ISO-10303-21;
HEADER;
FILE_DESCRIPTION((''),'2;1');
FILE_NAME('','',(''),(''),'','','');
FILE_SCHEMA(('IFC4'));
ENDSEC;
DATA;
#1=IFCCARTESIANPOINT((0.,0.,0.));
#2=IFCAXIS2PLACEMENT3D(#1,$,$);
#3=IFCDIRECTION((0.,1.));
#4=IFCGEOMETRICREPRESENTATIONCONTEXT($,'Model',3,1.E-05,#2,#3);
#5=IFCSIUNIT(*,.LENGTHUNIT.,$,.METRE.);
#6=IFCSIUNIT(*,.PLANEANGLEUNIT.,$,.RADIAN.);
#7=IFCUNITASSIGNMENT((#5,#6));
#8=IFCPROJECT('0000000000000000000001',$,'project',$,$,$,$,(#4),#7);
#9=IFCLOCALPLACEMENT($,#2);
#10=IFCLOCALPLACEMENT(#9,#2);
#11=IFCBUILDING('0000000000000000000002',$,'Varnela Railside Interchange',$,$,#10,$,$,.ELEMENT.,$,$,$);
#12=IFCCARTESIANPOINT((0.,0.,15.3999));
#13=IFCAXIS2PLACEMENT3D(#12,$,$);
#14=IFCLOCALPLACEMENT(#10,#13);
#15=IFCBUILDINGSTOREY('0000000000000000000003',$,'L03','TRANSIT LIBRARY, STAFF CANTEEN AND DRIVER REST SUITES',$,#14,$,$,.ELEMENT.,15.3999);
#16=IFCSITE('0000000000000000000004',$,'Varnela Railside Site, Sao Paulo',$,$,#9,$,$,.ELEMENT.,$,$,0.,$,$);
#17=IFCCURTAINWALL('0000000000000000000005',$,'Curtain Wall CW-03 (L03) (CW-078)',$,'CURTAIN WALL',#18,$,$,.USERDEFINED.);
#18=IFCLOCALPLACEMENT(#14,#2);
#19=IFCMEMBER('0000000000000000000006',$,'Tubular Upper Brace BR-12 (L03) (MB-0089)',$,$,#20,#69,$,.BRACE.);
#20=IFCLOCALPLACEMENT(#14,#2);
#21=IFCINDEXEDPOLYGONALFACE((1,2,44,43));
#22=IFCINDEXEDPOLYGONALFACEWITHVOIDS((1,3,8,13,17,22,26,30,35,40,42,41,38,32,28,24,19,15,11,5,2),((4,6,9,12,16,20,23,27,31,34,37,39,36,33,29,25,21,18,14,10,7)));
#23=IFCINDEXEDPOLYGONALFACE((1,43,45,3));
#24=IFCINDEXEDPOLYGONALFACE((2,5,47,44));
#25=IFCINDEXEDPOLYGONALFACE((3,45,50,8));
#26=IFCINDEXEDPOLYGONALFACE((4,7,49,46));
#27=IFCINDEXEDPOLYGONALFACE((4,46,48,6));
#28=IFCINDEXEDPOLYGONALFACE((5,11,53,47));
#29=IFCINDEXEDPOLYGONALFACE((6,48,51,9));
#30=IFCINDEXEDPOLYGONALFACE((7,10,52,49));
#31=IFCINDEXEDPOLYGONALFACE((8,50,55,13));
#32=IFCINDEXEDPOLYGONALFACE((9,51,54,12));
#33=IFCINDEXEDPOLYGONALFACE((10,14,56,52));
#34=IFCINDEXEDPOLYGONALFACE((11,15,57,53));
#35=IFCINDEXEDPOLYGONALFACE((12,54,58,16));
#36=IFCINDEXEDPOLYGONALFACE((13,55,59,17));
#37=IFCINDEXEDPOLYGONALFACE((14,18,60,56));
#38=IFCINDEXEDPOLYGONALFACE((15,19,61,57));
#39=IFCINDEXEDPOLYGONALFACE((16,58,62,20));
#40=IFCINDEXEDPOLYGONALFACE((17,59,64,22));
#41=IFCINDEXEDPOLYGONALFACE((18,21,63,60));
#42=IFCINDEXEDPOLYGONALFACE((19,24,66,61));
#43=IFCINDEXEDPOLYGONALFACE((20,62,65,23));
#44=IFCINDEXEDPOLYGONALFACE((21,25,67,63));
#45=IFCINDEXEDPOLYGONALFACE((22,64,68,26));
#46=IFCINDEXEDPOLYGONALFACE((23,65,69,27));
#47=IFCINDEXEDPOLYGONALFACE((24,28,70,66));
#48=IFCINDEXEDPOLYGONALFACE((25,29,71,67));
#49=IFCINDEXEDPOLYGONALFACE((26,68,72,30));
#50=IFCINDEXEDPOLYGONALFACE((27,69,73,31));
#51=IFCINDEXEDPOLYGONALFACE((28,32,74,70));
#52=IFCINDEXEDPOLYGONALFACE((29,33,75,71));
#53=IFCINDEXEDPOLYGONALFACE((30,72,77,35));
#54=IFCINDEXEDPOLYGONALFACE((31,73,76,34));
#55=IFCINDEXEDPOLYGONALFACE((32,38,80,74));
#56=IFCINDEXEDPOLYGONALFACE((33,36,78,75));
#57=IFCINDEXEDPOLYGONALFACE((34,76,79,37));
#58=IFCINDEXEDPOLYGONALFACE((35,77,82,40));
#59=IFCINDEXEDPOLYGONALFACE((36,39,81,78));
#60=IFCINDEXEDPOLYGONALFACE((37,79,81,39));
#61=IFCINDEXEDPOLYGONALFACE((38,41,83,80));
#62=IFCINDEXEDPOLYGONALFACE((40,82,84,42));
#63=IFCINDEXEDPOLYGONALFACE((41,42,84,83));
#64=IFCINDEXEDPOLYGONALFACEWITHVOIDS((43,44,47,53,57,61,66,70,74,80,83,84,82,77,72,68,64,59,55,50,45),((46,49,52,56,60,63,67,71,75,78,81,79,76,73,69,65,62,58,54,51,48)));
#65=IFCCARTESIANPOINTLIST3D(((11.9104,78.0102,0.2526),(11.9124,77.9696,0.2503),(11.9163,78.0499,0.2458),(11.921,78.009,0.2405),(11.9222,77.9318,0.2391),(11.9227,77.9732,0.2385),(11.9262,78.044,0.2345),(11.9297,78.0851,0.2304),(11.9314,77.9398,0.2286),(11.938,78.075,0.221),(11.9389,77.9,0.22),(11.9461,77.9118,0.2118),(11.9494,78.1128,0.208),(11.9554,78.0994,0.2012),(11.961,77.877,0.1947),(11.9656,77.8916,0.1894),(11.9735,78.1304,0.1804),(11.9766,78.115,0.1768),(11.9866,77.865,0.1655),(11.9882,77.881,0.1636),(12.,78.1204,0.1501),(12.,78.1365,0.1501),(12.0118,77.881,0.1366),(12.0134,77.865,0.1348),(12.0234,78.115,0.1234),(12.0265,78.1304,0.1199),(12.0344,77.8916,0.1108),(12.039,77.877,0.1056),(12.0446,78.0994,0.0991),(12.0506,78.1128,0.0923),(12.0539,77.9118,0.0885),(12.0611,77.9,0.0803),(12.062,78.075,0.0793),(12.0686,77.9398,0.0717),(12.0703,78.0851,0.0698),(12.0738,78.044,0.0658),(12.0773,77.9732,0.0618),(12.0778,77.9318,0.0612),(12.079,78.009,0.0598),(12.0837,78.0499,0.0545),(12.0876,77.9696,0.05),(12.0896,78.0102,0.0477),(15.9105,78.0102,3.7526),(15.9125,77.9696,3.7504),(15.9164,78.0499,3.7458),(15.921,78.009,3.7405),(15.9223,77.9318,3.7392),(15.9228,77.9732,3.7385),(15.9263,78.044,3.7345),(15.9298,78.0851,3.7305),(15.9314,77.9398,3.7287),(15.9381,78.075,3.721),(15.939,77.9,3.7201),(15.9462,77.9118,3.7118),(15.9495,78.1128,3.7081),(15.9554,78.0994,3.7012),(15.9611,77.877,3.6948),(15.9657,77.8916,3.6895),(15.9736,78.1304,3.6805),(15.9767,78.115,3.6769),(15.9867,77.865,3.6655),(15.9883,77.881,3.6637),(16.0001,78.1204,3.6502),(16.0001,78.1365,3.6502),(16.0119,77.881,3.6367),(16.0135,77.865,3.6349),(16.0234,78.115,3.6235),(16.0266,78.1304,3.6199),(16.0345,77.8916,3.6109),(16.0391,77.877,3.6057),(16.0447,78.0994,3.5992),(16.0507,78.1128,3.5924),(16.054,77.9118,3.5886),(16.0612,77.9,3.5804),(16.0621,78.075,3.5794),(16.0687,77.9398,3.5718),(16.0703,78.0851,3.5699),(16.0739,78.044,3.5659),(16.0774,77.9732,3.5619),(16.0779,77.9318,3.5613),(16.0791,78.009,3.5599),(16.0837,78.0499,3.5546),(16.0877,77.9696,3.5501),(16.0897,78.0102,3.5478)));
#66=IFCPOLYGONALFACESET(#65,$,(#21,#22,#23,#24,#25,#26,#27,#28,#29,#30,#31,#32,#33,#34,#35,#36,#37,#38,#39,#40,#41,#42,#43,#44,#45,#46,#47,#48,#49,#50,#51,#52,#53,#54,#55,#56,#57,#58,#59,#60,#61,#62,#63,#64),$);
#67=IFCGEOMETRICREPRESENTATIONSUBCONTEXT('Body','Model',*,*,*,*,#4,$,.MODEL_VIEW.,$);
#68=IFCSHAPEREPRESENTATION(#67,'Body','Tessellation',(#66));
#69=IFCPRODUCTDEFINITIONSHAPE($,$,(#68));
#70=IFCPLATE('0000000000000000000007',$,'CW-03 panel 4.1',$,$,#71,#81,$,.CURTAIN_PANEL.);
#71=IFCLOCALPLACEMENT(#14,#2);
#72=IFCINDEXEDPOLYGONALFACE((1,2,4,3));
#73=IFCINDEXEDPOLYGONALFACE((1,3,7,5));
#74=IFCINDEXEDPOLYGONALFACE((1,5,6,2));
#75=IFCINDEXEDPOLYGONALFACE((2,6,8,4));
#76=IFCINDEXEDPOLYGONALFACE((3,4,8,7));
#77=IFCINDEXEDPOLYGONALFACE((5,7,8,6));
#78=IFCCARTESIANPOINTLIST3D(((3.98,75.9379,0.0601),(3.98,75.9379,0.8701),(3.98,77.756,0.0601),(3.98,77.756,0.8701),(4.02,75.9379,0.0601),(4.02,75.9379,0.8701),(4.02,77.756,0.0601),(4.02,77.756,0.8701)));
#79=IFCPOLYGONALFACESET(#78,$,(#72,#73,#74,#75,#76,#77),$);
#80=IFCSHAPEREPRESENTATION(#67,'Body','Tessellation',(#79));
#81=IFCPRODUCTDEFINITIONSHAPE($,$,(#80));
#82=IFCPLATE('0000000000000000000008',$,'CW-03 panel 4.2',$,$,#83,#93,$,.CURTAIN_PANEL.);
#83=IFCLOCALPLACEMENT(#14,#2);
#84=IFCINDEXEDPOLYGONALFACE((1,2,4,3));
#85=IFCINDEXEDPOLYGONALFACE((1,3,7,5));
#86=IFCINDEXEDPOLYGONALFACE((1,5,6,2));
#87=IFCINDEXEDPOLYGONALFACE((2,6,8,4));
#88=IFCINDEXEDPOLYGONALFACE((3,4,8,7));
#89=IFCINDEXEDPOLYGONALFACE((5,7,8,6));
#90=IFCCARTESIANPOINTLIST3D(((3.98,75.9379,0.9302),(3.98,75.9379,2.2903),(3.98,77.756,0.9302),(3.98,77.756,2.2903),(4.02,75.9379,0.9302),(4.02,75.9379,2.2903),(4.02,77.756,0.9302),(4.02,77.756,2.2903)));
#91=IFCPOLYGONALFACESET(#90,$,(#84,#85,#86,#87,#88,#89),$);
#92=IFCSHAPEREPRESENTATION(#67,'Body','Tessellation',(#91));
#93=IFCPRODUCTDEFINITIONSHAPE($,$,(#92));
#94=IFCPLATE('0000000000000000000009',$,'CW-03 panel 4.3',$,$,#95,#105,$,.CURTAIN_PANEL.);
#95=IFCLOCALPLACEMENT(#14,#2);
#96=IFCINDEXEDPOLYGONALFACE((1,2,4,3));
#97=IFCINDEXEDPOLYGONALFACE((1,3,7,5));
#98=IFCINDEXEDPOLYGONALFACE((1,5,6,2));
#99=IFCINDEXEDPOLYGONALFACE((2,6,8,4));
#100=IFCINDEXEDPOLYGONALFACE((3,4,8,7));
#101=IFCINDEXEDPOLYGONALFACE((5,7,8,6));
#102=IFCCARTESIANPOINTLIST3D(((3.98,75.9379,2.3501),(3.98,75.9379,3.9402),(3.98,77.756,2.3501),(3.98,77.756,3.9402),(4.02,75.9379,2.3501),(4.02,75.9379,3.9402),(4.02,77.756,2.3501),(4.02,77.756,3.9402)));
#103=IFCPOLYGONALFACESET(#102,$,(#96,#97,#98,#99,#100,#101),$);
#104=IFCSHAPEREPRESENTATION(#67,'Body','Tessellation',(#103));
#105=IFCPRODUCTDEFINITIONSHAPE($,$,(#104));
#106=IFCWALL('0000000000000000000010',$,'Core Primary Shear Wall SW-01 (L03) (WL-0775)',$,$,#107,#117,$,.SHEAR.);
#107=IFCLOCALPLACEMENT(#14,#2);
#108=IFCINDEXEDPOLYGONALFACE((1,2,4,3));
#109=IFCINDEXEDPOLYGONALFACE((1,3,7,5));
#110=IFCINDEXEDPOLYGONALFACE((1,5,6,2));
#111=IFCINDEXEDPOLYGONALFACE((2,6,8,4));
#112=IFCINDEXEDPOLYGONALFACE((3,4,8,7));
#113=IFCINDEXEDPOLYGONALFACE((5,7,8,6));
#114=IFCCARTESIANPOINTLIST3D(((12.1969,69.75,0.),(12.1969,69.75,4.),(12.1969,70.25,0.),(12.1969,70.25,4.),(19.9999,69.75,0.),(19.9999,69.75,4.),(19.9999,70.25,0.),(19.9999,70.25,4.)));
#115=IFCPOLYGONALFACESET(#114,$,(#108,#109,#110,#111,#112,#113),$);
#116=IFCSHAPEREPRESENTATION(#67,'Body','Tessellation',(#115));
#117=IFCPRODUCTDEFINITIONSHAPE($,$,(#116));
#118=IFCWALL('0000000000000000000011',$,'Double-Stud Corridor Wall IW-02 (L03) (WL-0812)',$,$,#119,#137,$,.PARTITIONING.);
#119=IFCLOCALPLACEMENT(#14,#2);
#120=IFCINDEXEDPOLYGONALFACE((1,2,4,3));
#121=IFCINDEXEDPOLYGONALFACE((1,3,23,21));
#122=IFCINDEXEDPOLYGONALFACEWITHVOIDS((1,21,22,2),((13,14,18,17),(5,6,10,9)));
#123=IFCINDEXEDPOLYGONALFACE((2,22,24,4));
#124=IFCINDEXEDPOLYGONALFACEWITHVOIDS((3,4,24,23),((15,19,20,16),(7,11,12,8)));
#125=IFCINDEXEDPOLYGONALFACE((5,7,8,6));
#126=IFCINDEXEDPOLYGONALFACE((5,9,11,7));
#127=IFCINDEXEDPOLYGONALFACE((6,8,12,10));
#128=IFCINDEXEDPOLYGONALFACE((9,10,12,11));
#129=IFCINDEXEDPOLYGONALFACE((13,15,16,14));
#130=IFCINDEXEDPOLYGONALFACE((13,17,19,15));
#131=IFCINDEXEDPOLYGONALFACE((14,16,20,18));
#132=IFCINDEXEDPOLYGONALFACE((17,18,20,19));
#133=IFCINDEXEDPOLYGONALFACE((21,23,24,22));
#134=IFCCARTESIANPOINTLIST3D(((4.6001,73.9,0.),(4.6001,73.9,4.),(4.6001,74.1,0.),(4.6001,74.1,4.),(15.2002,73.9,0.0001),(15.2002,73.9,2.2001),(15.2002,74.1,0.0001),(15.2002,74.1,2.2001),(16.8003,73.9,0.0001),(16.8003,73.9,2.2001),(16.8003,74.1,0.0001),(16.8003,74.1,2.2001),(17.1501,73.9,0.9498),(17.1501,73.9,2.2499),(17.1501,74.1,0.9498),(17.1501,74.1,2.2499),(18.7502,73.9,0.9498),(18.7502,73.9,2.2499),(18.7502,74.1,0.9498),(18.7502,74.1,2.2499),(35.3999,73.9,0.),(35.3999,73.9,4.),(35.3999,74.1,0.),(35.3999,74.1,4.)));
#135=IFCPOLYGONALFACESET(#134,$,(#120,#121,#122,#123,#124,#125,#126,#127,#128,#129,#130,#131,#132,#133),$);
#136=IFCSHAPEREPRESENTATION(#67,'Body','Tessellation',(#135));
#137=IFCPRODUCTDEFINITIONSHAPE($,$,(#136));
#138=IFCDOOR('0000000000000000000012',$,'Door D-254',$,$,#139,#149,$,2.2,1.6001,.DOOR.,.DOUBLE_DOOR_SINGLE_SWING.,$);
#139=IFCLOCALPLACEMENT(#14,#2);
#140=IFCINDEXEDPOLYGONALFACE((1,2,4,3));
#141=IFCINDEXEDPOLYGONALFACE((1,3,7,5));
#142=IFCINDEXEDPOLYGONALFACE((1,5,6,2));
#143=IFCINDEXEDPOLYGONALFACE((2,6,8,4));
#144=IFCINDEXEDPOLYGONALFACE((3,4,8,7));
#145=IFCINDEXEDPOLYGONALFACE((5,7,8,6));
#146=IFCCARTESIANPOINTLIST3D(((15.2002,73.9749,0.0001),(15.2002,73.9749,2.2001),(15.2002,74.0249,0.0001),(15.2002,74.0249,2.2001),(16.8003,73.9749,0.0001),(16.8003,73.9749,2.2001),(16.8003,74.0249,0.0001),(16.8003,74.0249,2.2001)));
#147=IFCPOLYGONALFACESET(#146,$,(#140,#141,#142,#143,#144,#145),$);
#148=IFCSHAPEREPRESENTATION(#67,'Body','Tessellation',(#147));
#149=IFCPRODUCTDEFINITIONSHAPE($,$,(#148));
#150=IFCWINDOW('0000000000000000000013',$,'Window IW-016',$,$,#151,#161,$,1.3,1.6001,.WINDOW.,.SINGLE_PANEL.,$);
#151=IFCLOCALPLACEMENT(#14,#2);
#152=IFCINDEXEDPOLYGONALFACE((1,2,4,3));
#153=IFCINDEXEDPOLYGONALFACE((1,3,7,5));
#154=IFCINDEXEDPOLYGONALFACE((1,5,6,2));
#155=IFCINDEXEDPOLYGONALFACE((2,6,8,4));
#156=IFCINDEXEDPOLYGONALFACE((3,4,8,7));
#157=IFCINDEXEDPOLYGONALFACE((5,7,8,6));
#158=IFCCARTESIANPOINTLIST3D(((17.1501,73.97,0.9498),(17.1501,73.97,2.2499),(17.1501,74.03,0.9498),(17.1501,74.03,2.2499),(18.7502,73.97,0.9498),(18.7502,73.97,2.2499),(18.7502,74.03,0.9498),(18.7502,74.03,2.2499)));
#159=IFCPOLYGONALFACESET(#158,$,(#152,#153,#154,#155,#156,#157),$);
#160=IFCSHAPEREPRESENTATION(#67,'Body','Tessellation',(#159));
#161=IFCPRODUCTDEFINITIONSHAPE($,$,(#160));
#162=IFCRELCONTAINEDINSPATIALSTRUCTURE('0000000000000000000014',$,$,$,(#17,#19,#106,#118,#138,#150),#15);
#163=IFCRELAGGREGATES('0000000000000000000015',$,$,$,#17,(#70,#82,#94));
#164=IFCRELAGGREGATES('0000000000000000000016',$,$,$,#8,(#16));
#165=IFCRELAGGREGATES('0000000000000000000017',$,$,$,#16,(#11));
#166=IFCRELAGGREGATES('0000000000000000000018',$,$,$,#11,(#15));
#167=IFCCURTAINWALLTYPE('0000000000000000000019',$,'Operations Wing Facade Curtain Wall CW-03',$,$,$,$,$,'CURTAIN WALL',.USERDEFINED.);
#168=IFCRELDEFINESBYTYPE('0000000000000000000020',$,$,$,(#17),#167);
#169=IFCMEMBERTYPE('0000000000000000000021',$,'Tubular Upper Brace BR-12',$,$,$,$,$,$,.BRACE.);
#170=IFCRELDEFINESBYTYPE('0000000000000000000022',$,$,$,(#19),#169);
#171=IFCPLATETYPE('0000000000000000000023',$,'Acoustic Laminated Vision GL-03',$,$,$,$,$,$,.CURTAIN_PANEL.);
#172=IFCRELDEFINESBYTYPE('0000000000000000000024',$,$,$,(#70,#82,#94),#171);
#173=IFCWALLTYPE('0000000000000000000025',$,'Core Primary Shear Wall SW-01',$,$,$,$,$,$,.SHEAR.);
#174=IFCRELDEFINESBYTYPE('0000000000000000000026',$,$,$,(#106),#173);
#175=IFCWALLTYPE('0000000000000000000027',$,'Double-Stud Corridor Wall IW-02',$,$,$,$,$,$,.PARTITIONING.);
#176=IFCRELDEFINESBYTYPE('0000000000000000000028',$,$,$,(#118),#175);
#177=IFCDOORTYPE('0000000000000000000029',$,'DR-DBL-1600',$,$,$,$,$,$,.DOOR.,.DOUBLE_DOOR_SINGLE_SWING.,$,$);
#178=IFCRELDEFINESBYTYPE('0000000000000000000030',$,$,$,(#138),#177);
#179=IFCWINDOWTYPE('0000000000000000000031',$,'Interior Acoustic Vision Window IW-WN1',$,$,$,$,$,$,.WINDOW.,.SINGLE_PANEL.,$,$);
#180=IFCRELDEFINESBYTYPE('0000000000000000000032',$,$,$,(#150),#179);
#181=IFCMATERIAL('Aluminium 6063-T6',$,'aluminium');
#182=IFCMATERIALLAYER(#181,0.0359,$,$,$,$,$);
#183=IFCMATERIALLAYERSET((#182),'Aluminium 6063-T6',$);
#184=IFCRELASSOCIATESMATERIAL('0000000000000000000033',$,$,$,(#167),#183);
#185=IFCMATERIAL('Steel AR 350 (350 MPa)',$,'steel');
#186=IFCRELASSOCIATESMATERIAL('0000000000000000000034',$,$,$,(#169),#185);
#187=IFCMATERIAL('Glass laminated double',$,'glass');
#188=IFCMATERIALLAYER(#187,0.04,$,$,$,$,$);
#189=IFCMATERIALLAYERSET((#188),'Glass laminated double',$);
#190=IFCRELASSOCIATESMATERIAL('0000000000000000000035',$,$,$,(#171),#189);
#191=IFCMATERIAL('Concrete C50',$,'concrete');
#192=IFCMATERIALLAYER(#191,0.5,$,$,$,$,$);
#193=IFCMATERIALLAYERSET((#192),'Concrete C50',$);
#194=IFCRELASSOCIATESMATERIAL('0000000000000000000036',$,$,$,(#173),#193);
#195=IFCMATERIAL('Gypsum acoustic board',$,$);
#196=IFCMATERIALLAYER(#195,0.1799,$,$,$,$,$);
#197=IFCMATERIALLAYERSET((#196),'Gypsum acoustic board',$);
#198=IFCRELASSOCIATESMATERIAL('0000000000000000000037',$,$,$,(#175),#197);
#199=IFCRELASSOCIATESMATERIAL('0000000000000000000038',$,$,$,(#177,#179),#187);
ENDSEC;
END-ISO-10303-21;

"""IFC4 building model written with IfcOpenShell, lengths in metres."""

from ifc_helpers import new_model, si_unit, direction, frame, frame_2d, origin, origin_2d, place, context, subcontext, project, spatial, rectangle, hollow_circle, extrude, material, layer, layer_set, material_profile, profile_set, type_object, element, fill, aggregate, save


model = new_model("IFC4")

# Units and contexts
model_context = context("Model", 3, precision=1e-05, world=origin(), true_north=direction((0.0, 1.0)))
body_context = subcontext(model_context, "Body", "Model", "MODEL_VIEW")
ifc_project = project(units=[si_unit("LENGTHUNIT", "METRE"), si_unit("PLANEANGLEUNIT", "RADIAN")], contexts=[model_context])

# Site, building, storey
site_placement = place(None, origin())
site = spatial("IfcSite", under=ifc_project, at=site_placement, Name="Varnela Railside Site, Sao Paulo", CompositionType="ELEMENT", RefElevation=0.0)
building_placement = place(site_placement, origin())
building = spatial("IfcBuilding", under=site, at=building_placement, Name="Varnela Railside Interchange", CompositionType="ELEMENT")
storey_placement = place(building_placement, frame((0.0, 0.0, 15.3999)))
storey = spatial("IfcBuildingStorey", under=building, at=storey_placement, Name="L03", Description="TRANSIT LIBRARY, STAFF CANTEEN AND DRIVER REST SUITES", CompositionType="ELEMENT", Elevation=15.3999)

# Shared definitions
ifc_material_1 = material(Name="Steel AR 350 (350 MPa)", Category="steel")

# Curtain wall
ifc_material_2 = material(Name="Aluminium 6063-T6", Category="aluminium")
ifc_layer_1 = layer(ifc_material_2, 0.0359)
ifc_layer_set_1 = layer_set([ifc_layer_1], Name="Aluminium 6063-T6")
curtain_wall_type = type_object("IfcCurtainWallType", Name="Operations Wing Facade Curtain Wall CW-03", ElementType="CURTAIN WALL", PredefinedType="USERDEFINED", material=ifc_layer_set_1)
curtain_wall_placement = place(storey_placement, origin())
curtain_wall = element("IfcCurtainWall", 1, at=curtain_wall_placement, inside=storey, type_object=curtain_wall_type, Name="Curtain Wall CW-03 (L03) (CW-078)", ObjectType="CURTAIN WALL", PredefinedType="USERDEFINED")

# Member
ifc_material_profile_1 = material_profile(ifc_material_1, hollow_circle(Radius=0.1365, WallThickness=0.0161, at=origin_2d()), Name="CHS 273x16")
ifc_profile_set_1 = profile_set([ifc_material_profile_1], Name="Steel AR 350 (350 MPa)")
member_type_1 = type_object("IfcMemberType", Name="Tubular Upper Brace BR-12", PredefinedType="BRACE", material=ifc_profile_set_1)
member_1_placement = place(storey_placement, frame((12.0, 78.0, 0.1501), z_axis=(0.752577, 0.0, 0.658505), x_axis=(0.0, 1.0, 0.0)))
element("IfcMember", 2, at=member_1_placement, inside=storey, type_object=member_type_1, Name="Tubular Upper Brace BR-12 (L03) (MB-0089)", PredefinedType="BRACE", context=body_context, shape_type="SweptSolid", body=[
    extrude(hollow_circle(Radius=0.1365, WallThickness=0.0161, at=origin_2d()), origin(), (0.0, 0.0, 1.0), 5.3152),
])

# Plates
ifc_material_3 = material(Name="Glass laminated double", Category="glass")
ifc_layer_2 = layer(ifc_material_3, 0.04)
ifc_layer_set_2 = layer_set([ifc_layer_2], Name="Glass laminated double")
plate_type = type_object("IfcPlateType", Name="Acoustic Laminated Vision GL-03", PredefinedType="CURTAIN_PANEL", material=ifc_layer_set_2)
plate_1_placement = place(storey_placement, frame((4.0, 76.8469, 0.0601), z_axis=(0.0, 0.0, 1.0), x_axis=(0.0, 1.0, 0.0)))
plate_1 = element("IfcPlate", 3, at=plate_1_placement, type_object=plate_type, Name="CW-03 panel 4.1", PredefinedType="CURTAIN_PANEL", context=body_context, shape_type="SweptSolid", body=[
    extrude(rectangle(XDim=1.8181, YDim=0.04, at=origin_2d()), origin(), (0.0, 0.0, 1.0), 0.8101),
])
plate_2_placement = place(storey_placement, frame((4.0, 76.8469, 0.9302), z_axis=(0.0, 0.0, 1.0), x_axis=(0.0, 1.0, 0.0)))
plate_2 = element("IfcPlate", 4, at=plate_2_placement, type_object=plate_type, Name="CW-03 panel 4.2", PredefinedType="CURTAIN_PANEL", context=body_context, shape_type="SweptSolid", body=[
    extrude(rectangle(XDim=1.8181, YDim=0.04, at=origin_2d()), origin(), (0.0, 0.0, 1.0), 1.3601),
])
plate_3_placement = place(storey_placement, frame((4.0, 76.8469, 2.3501), z_axis=(0.0, 0.0, 1.0), x_axis=(0.0, 1.0, 0.0)))
plate_3 = element("IfcPlate", 5, at=plate_3_placement, type_object=plate_type, Name="CW-03 panel 4.3", PredefinedType="CURTAIN_PANEL", context=body_context, shape_type="SweptSolid", body=[
    extrude(rectangle(XDim=1.8181, YDim=0.04, at=origin_2d()), origin(), (0.0, 0.0, 1.0), 1.5901),
])
aggregate(curtain_wall, [plate_1, plate_2, plate_3])

# Wall
ifc_material_4 = material(Name="Concrete C50", Category="concrete")
ifc_layer_3 = layer(ifc_material_4, 0.5)
ifc_layer_set_3 = layer_set([ifc_layer_3], Name="Concrete C50")
wall_type_1 = type_object("IfcWallType", Name="Core Primary Shear Wall SW-01", PredefinedType="SHEAR", material=ifc_layer_set_3)
wall_1_placement = place(storey_placement, frame((12.197, 70.0, 0.0), z_axis=(0.0, 0.0, 1.0), x_axis=(1.0, 0.0, 0.0)))
element("IfcWall", 6, at=wall_1_placement, inside=storey, type_object=wall_type_1, Name="Core Primary Shear Wall SW-01 (L03) (WL-0775)", PredefinedType="SHEAR", context=body_context, shape_type="SweptSolid", body=[
    extrude(rectangle(XDim=7.803, YDim=0.5, at=frame_2d((3.9014, 0.0))), origin(), (0.0, 0.0, 1.0), 4.0),
])

# Wall, openings, door, window
ifc_material_5 = material(Name="Gypsum acoustic board")
ifc_layer_4 = layer(ifc_material_5, 0.1799)
ifc_layer_set_4 = layer_set([ifc_layer_4], Name="Gypsum acoustic board")
wall_type_2 = type_object("IfcWallType", Name="Double-Stud Corridor Wall IW-02", PredefinedType="PARTITIONING", material=ifc_layer_set_4)
wall_2_placement = place(storey_placement, frame((4.6001, 74.0, 0.0), z_axis=(0.0, 0.0, 1.0), x_axis=(1.0, 0.0, 0.0)))
wall_2 = element("IfcWall", 7, at=wall_2_placement, inside=storey, type_object=wall_type_2, Name="Double-Stud Corridor Wall IW-02 (L03) (WL-0812)", PredefinedType="PARTITIONING", context=body_context, shape_type="SweptSolid", body=[
    extrude(rectangle(XDim=30.7998, YDim=0.2, at=frame_2d((15.3999, 0.0))), origin(), (0.0, 0.0, 1.0), 4.0),
])
opening_1_placement = place(wall_2_placement, frame((10.6001, 0.0, 0.0)))
opening_1 = element("IfcOpeningElement", 8, at=opening_1_placement, cuts=wall_2, PredefinedType="OPENING", context=body_context, shape_type="SweptSolid", body=[
    extrude(rectangle(XDim=1.6001, YDim=2.2, at=frame_2d((0.8, 1.1001))), frame((0.0, 0.1099, 0.0), z_axis=(0.0, -1.0, 0.0), x_axis=(1.0, 0.0, 0.0)), (0.0, 0.0, 1.0), 0.22),
])
opening_2_placement = place(wall_2_placement, frame((12.55, 0.0, 0.95)))
opening_2 = element("IfcOpeningElement", 9, at=opening_2_placement, cuts=wall_2, PredefinedType="OPENING", context=body_context, shape_type="SweptSolid", body=[
    extrude(rectangle(XDim=1.6001, YDim=1.3, at=frame_2d((0.8, 0.6499))), frame((0.0, 0.1099, 0.0), z_axis=(0.0, -1.0, 0.0), x_axis=(1.0, 0.0, 0.0)), (0.0, 0.0, 1.0), 0.22),
])
door_type = type_object("IfcDoorType", Name="DR-DBL-1600", OperationType="DOUBLE_DOOR_SINGLE_SWING", PredefinedType="DOOR", material=ifc_material_3)
door_placement = place(opening_1_placement, origin())
door = element("IfcDoor", 10, at=door_placement, inside=storey, type_object=door_type, Name="Door D-254", OperationType="DOUBLE_DOOR_SINGLE_SWING", OverallHeight=2.2, OverallWidth=1.6001, PredefinedType="DOOR", context=body_context, shape_type="SweptSolid", body=[
    extrude(rectangle(XDim=1.6001, YDim=2.2, at=frame_2d((0.8, 1.1001))), frame((0.0, 0.0249, 0.0), z_axis=(0.0, -1.0, 0.0), x_axis=(1.0, 0.0, 0.0)), (0.0, 0.0, 1.0), 0.05),
])
fill(opening_1, door)
window_type = type_object("IfcWindowType", Name="Interior Acoustic Vision Window IW-WN1", PartitioningType="SINGLE_PANEL", PredefinedType="WINDOW", material=ifc_material_3)
window_placement = place(opening_2_placement, origin())
window = element("IfcWindow", 11, at=window_placement, inside=storey, type_object=window_type, Name="Window IW-016", OverallHeight=1.3, OverallWidth=1.6001, PartitioningType="SINGLE_PANEL", PredefinedType="WINDOW", context=body_context, shape_type="SweptSolid", body=[
    extrude(rectangle(XDim=1.6001, YDim=1.3, at=frame_2d((0.8, 0.6499))), frame((0.0, 0.03, 0.0), z_axis=(0.0, -1.0, 0.0), x_axis=(1.0, 0.0, 0.0)), (0.0, 0.0, 1.0), 0.0601),
])
fill(opening_2, window)

save(model, "model.ifc")
